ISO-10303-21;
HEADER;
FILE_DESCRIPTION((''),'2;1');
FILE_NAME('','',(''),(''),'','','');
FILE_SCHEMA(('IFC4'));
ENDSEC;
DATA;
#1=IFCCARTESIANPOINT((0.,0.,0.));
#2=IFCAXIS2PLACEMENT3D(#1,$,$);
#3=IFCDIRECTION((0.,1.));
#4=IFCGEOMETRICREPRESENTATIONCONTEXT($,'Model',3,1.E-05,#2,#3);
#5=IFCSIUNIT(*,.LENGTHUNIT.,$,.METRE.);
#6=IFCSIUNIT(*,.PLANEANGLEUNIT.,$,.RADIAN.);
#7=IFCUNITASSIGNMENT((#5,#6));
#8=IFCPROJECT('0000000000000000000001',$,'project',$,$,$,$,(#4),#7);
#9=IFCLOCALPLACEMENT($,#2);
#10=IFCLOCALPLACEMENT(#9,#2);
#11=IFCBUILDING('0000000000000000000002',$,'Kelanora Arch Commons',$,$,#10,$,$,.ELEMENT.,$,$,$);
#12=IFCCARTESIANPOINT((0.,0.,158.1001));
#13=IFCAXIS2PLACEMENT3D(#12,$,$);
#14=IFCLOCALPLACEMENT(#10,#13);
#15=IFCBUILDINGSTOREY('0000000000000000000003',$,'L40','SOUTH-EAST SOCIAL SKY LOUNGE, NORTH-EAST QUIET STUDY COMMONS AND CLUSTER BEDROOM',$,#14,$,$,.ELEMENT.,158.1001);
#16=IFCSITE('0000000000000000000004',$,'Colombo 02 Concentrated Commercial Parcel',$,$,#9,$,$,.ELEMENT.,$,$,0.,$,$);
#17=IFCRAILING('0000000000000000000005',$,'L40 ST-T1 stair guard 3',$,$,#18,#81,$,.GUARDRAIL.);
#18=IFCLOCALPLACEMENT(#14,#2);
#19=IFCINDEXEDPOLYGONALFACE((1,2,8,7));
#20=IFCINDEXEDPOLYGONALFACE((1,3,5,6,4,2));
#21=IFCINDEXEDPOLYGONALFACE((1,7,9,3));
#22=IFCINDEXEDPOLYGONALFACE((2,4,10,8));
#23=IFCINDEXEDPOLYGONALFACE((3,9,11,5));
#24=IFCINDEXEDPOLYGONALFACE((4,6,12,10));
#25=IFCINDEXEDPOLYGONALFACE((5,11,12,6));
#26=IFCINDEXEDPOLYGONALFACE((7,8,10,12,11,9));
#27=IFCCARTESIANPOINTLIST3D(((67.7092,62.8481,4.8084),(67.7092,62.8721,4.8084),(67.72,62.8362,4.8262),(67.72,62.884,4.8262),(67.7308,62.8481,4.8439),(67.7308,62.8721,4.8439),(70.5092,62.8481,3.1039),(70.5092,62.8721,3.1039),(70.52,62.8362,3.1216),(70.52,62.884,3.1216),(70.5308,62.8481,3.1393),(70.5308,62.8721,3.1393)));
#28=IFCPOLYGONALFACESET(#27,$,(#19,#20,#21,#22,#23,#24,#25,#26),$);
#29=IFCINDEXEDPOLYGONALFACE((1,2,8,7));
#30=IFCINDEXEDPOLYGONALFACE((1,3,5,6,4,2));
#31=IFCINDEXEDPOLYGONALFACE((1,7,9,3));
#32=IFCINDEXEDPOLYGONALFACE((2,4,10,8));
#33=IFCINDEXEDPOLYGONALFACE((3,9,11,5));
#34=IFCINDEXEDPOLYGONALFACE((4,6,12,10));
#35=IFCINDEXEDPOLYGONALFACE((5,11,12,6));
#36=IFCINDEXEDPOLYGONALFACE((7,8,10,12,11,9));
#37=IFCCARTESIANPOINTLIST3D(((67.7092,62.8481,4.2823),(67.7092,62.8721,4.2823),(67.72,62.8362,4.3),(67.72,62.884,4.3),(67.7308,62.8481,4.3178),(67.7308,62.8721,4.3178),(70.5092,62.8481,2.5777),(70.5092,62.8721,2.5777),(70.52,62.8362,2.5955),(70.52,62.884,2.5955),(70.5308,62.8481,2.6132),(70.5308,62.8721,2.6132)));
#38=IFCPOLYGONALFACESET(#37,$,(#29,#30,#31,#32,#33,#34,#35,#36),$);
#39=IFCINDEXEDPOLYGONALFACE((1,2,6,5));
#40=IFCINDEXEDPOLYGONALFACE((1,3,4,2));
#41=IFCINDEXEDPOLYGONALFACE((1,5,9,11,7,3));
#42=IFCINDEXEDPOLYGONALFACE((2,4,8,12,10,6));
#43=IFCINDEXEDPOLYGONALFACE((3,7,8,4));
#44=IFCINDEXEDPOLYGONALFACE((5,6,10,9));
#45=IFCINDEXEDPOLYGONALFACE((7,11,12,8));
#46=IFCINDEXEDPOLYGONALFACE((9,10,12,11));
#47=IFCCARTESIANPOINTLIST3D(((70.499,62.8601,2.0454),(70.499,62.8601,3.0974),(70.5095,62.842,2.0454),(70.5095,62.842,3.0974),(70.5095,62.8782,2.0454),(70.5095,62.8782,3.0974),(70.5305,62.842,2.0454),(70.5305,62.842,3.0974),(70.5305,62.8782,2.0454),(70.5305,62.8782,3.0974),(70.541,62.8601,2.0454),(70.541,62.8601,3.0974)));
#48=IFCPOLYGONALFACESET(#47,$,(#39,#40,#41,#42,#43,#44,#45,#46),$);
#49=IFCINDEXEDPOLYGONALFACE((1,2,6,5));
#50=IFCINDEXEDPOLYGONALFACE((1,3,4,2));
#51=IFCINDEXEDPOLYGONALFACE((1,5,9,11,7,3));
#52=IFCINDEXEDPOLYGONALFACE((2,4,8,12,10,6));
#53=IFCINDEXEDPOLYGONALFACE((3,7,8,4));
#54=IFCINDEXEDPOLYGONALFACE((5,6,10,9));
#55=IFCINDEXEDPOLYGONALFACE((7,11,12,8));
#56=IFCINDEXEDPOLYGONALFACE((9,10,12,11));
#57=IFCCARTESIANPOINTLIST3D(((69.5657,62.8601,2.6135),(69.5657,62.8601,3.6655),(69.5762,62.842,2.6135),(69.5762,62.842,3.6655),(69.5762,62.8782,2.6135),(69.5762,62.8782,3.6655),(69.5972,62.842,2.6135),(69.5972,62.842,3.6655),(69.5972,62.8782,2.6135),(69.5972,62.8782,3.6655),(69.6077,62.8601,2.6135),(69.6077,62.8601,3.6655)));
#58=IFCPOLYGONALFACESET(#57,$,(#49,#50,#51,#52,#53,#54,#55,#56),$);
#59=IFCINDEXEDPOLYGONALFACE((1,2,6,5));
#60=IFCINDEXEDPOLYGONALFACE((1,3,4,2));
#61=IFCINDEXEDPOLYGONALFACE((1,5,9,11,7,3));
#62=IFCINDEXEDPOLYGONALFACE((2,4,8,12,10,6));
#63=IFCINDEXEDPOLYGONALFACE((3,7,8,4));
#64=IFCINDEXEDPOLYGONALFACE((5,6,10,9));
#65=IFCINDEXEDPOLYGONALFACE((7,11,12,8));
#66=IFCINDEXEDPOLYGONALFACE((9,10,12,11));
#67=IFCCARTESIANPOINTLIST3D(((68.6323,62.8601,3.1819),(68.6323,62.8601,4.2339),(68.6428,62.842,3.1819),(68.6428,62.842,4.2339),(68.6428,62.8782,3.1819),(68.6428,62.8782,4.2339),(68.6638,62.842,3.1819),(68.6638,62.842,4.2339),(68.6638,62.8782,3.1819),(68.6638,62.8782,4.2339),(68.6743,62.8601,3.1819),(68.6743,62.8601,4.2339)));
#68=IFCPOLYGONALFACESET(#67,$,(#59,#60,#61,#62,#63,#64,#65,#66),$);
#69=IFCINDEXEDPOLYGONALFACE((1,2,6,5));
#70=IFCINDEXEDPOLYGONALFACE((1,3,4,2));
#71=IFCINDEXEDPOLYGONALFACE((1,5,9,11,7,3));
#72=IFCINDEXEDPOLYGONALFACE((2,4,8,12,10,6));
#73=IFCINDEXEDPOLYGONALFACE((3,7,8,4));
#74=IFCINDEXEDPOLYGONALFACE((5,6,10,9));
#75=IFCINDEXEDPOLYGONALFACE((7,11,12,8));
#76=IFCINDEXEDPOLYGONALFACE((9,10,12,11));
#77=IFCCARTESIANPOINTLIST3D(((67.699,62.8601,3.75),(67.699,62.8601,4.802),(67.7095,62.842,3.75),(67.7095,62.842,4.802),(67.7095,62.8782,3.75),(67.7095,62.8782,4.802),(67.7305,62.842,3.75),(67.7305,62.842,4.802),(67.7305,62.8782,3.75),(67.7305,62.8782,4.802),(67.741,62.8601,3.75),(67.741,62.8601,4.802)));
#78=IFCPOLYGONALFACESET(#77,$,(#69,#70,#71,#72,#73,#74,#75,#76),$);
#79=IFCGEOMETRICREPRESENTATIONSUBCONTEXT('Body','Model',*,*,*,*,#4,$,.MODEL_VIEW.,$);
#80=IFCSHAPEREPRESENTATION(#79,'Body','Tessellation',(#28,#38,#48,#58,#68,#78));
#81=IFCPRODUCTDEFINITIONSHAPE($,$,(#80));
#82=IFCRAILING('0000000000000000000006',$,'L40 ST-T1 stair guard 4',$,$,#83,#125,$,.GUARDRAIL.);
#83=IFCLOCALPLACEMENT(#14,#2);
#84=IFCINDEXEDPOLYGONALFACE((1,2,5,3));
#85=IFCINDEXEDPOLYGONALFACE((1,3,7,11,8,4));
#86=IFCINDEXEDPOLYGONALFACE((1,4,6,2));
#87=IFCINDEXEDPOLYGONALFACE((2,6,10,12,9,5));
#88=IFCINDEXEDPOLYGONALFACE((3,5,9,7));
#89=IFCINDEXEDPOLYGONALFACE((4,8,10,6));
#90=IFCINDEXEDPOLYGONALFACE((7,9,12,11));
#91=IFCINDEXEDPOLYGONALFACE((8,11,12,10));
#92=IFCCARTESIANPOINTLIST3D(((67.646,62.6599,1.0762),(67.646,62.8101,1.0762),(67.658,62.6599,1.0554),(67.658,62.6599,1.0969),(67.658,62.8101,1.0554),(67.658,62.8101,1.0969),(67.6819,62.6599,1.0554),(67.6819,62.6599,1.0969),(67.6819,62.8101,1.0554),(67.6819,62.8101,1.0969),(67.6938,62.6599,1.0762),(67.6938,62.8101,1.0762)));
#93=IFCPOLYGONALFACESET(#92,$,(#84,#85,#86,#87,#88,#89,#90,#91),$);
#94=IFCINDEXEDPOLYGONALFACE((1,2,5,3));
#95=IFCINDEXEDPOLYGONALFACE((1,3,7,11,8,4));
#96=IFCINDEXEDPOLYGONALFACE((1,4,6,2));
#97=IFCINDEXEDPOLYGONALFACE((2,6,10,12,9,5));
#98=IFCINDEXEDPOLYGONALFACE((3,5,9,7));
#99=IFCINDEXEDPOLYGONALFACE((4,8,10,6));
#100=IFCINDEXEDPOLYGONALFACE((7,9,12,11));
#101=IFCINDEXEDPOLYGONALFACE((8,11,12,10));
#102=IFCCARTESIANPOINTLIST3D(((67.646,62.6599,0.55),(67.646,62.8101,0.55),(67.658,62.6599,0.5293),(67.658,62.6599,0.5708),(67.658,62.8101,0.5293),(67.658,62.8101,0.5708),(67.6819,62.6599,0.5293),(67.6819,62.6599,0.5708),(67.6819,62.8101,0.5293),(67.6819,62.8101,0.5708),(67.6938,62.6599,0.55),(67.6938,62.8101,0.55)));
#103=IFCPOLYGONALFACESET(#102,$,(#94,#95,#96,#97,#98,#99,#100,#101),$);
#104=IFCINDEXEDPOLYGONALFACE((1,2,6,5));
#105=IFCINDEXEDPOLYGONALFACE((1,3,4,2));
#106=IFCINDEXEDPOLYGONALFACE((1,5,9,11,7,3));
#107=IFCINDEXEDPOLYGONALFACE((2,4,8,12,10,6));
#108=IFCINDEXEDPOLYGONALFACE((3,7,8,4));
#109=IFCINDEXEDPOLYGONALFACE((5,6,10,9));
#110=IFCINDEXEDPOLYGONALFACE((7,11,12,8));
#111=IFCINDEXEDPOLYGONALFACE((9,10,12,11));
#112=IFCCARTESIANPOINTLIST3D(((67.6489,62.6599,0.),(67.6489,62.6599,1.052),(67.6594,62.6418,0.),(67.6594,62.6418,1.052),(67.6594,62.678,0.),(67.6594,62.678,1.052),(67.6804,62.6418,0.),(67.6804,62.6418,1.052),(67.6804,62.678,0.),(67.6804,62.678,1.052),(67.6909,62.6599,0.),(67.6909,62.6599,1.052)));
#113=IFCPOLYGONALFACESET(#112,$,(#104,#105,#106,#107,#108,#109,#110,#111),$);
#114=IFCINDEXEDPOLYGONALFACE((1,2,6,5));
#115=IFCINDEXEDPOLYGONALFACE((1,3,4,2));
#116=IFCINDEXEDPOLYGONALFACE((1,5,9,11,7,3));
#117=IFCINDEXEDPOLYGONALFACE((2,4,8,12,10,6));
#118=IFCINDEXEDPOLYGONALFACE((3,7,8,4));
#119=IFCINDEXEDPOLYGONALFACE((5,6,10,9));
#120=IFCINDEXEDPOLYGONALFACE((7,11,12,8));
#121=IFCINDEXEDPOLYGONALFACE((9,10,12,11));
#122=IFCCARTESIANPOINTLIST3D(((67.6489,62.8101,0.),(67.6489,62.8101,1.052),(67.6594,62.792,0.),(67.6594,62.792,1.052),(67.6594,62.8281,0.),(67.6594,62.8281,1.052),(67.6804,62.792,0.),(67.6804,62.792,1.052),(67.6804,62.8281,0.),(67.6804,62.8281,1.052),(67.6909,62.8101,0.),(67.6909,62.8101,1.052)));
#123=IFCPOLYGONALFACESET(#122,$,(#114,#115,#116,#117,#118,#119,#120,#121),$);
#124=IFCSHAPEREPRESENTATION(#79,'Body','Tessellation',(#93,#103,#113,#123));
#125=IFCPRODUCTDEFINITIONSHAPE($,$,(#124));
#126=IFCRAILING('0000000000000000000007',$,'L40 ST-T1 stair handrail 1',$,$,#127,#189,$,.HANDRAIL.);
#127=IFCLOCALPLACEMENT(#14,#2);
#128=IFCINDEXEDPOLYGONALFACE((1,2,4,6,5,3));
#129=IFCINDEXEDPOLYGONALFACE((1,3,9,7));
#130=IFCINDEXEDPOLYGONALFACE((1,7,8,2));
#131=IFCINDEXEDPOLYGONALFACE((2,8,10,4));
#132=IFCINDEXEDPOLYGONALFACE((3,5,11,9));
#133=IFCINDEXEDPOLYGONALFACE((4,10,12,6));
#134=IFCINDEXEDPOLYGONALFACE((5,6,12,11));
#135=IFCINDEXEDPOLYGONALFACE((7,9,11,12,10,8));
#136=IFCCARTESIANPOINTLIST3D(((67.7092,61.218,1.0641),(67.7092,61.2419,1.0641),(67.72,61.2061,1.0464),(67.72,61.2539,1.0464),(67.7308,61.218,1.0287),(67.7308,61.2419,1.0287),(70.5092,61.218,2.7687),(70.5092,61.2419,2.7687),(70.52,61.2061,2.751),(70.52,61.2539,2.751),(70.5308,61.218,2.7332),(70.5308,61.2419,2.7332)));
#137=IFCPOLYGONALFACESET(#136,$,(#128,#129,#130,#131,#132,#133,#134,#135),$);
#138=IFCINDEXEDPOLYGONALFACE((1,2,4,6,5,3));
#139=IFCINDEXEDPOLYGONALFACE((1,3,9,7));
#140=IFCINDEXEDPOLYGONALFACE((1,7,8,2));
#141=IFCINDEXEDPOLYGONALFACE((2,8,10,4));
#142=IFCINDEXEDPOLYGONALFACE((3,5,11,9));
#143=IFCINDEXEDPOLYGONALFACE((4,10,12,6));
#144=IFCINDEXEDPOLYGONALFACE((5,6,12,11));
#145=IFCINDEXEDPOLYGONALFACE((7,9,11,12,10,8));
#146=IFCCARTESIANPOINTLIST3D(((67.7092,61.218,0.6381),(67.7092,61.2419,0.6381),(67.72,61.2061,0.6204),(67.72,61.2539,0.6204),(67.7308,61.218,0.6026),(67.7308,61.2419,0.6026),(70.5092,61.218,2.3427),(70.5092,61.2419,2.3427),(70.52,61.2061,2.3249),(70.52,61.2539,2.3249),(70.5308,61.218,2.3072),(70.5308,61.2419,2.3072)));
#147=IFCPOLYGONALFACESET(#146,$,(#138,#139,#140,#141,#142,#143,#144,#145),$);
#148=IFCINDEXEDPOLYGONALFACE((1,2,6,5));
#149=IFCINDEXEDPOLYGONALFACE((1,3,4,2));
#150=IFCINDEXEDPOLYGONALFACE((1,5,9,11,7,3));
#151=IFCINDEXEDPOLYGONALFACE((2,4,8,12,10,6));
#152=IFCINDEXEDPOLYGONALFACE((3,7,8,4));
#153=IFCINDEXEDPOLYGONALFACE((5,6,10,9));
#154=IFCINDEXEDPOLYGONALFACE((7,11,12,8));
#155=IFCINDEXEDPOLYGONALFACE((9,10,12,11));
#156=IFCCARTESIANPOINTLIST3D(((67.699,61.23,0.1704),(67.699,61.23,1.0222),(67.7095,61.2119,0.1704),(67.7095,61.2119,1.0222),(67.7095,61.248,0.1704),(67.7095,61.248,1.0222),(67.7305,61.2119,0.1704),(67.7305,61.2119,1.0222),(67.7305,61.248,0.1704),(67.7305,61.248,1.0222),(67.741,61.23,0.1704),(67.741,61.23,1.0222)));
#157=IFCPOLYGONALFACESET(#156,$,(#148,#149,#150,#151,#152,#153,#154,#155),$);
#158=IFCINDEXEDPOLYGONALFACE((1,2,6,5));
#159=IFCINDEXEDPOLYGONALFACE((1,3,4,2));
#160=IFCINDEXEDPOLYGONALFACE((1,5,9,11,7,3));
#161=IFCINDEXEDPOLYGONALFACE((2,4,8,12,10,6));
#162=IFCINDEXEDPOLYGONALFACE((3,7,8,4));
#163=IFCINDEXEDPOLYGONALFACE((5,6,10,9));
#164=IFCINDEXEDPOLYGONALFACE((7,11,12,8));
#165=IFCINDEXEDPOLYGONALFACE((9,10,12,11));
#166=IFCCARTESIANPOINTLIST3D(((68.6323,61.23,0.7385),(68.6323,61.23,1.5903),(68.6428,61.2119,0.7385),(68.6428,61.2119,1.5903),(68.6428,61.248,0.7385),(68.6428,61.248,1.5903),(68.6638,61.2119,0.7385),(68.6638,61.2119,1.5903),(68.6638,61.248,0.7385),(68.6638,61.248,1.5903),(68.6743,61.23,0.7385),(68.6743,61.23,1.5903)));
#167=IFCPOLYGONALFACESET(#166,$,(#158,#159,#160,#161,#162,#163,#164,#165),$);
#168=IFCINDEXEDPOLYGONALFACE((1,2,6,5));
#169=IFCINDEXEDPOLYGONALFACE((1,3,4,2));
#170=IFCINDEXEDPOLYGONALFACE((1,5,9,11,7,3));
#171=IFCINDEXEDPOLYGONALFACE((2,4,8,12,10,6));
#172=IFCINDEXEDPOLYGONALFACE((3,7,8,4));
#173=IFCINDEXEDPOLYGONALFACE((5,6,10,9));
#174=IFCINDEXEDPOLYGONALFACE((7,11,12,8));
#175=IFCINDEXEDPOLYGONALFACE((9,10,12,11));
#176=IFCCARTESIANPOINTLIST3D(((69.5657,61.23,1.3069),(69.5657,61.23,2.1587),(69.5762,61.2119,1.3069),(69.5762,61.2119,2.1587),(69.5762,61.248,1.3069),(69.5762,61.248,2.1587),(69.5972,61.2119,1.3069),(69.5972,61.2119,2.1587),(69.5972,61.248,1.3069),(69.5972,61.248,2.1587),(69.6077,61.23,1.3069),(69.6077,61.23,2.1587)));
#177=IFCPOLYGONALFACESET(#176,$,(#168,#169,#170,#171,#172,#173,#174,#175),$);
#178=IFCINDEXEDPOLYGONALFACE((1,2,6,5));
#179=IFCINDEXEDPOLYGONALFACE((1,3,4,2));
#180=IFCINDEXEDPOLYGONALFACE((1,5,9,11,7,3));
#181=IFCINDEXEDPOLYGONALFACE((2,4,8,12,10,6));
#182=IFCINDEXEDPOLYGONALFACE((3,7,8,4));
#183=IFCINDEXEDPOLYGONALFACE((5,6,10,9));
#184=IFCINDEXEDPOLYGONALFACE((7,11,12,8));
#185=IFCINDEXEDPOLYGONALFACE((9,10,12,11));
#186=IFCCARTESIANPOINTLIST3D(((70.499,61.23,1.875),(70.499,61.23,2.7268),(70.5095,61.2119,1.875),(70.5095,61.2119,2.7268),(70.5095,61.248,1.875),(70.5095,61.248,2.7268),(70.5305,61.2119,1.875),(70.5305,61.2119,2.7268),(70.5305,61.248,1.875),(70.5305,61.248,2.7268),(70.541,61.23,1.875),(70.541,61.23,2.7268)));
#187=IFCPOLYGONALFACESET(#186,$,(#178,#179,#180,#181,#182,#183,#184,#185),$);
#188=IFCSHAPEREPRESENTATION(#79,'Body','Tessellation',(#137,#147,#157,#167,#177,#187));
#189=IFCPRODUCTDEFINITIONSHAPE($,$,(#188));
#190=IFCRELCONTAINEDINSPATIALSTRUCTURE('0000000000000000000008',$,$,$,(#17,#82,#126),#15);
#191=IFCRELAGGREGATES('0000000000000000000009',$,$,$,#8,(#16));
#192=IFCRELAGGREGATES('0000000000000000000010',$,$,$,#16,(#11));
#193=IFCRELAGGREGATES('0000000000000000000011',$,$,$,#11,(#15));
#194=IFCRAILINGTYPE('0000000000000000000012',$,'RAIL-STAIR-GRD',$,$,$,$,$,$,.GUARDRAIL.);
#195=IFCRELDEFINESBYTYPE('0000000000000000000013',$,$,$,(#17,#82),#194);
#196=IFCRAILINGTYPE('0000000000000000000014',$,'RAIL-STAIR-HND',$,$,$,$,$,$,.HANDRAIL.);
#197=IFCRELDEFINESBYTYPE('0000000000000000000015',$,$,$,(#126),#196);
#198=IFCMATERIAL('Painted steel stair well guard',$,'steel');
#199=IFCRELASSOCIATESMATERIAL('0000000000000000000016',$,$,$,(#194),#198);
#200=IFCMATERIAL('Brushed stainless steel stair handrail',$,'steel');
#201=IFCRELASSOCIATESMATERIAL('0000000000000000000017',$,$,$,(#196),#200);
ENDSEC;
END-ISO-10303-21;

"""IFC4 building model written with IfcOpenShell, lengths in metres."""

from ifc_helpers import new_model, si_unit, direction, frame, origin, place, context, subcontext, project, spatial, polyline, outline, extrude, material, type_object, element, save


model = new_model("IFC4")

# Units and contexts
model_context = context("Model", 3, precision=1e-05, world=origin(), true_north=direction((0.0, 1.0)))
body_context = subcontext(model_context, "Body", "Model", "MODEL_VIEW")
ifc_project = project(units=[si_unit("LENGTHUNIT", "METRE"), si_unit("PLANEANGLEUNIT", "RADIAN")], contexts=[model_context])

# Site, building, storey
site_placement = place(None, origin())
site = spatial("IfcSite", under=ifc_project, at=site_placement, Name="Colombo 02 Concentrated Commercial Parcel", CompositionType="ELEMENT", RefElevation=0.0)
building_placement = place(site_placement, origin())
building = spatial("IfcBuilding", under=site, at=building_placement, Name="Kelanora Arch Commons", CompositionType="ELEMENT")
storey_placement = place(building_placement, frame((0.0, 0.0, 158.1001)))
storey = spatial("IfcBuildingStorey", under=building, at=storey_placement, Name="L40", Description="SOUTH-EAST SOCIAL SKY LOUNGE, NORTH-EAST QUIET STUDY COMMONS AND CLUSTER BEDROOM", CompositionType="ELEMENT", Elevation=158.1001)

# Railings
ifc_material_1 = material(Name="Painted steel stair well guard", Category="steel")
railing_type_1 = type_object("IfcRailingType", Name="RAIL-STAIR-GRD", PredefinedType="GUARDRAIL", material=ifc_material_1)
railing_1_placement = place(storey_placement, frame((70.52, 62.8601, 2.0454)))
element("IfcRailing", 1, at=railing_1_placement, inside=storey, type_object=railing_type_1, Name="L40 ST-T1 stair guard 3", PredefinedType="GUARDRAIL", context=body_context, shape_type="SweptSolid", body=[
    extrude(outline(polyline([(0.0239, 0.0), (0.012, 0.0208), (-0.012, 0.0208), (-0.0239, 0.0), (-0.012, -0.0208), (0.012, -0.0208), (0.0239, 0.0)])), frame((0.0, 0.0, 1.0762), z_axis=(-0.85417, 0.0, 0.519994), x_axis=(0.0, -1.0, 0.0)), (0.0, 0.0, 1.0), 3.2781),
    extrude(outline(polyline([(0.0239, 0.0), (0.012, 0.0208), (-0.012, 0.0208), (-0.0239, 0.0), (-0.012, -0.0208), (0.012, -0.0208), (0.0239, 0.0)])), frame((0.0, 0.0, 0.55), z_axis=(-0.85417, 0.0, 0.519994), x_axis=(0.0, -1.0, 0.0)), (0.0, 0.0, 1.0), 3.2781),
    extrude(outline(polyline([(0.021, 0.0), (0.0105, 0.0181), (-0.0105, 0.0181), (-0.021, 0.0), (-0.0105, -0.0181), (0.0105, -0.0181), (0.021, 0.0)])), origin(), (0.0, 0.0, 1.0), 1.052),
    extrude(outline(polyline([(0.021, 0.0), (0.0105, 0.0181), (-0.0105, 0.0181), (-0.021, 0.0), (-0.0105, -0.0181), (0.0105, -0.0181), (0.021, 0.0)])), frame((-0.9333, 0.0, 0.5681)), (0.0, 0.0, 1.0), 1.052),
    extrude(outline(polyline([(0.021, 0.0), (0.0105, 0.0181), (-0.0105, 0.0181), (-0.021, 0.0), (-0.0105, -0.0181), (0.0105, -0.0181), (0.021, 0.0)])), frame((-1.8667, 0.0, 1.1365)), (0.0, 0.0, 1.0), 1.052),
    extrude(outline(polyline([(0.021, 0.0), (0.0105, 0.0181), (-0.0105, 0.0181), (-0.021, 0.0), (-0.0105, -0.0181), (0.0105, -0.0181), (0.021, 0.0)])), frame((-2.8, 0.0, 1.7046)), (0.0, 0.0, 1.0), 1.052),
])
railing_2_placement = place(storey_placement, frame((67.6699, 62.6599, 0.0)))
element("IfcRailing", 2, at=railing_2_placement, inside=storey, type_object=railing_type_1, Name="L40 ST-T1 stair guard 4", PredefinedType="GUARDRAIL", context=body_context, shape_type="SweptSolid", body=[
    extrude(outline(polyline([(0.0239, 0.0), (0.012, 0.0208), (-0.012, 0.0208), (-0.0239, 0.0), (-0.012, -0.0208), (0.012, -0.0208), (0.0239, 0.0)])), frame((0.0, 0.0, 1.0762), z_axis=(0.0, 1.0, 0.0), x_axis=(-1.0, 0.0, 0.0)), (0.0, 0.0, 1.0), 0.1501),
    extrude(outline(polyline([(0.0239, 0.0), (0.012, 0.0208), (-0.012, 0.0208), (-0.0239, 0.0), (-0.012, -0.0208), (0.012, -0.0208), (0.0239, 0.0)])), frame((0.0, 0.0, 0.55), z_axis=(0.0, 1.0, 0.0), x_axis=(-1.0, 0.0, 0.0)), (0.0, 0.0, 1.0), 0.1501),
    extrude(outline(polyline([(0.021, 0.0), (0.0105, 0.0181), (-0.0105, 0.0181), (-0.021, 0.0), (-0.0105, -0.0181), (0.0105, -0.0181), (0.021, 0.0)])), origin(), (0.0, 0.0, 1.0), 1.052),
    extrude(outline(polyline([(0.021, 0.0), (0.0105, 0.0181), (-0.0105, 0.0181), (-0.021, 0.0), (-0.0105, -0.0181), (0.0105, -0.0181), (0.021, 0.0)])), frame((0.0, 0.1501, 0.0)), (0.0, 0.0, 1.0), 1.052),
])
ifc_material_2 = material(Name="Brushed stainless steel stair handrail", Category="steel")
railing_type_2 = type_object("IfcRailingType", Name="RAIL-STAIR-HND", PredefinedType="HANDRAIL", material=ifc_material_2)
railing_3_placement = place(storey_placement, frame((67.72, 61.23, 0.1704)))
element("IfcRailing", 3, at=railing_3_placement, inside=storey, type_object=railing_type_2, Name="L40 ST-T1 stair handrail 1", PredefinedType="HANDRAIL", context=body_context, shape_type="SweptSolid", body=[
    extrude(outline(polyline([(0.0239, 0.0), (0.012, 0.0208), (-0.012, 0.0208), (-0.0239, 0.0), (-0.012, -0.0208), (0.012, -0.0208), (0.0239, 0.0)])), frame((0.0, 0.0, 0.876), z_axis=(0.85417, 0.0, 0.519994), x_axis=(0.0, 1.0, 0.0)), (0.0, 0.0, 1.0), 3.2781),
    extrude(outline(polyline([(0.0239, 0.0), (0.012, 0.0208), (-0.012, 0.0208), (-0.0239, 0.0), (-0.012, -0.0208), (0.012, -0.0208), (0.0239, 0.0)])), frame((0.0, 0.0, 0.45), z_axis=(0.85417, 0.0, 0.519994), x_axis=(0.0, 1.0, 0.0)), (0.0, 0.0, 1.0), 3.2781),
    extrude(outline(polyline([(0.021, 0.0), (0.0105, 0.0181), (-0.0105, 0.0181), (-0.021, 0.0), (-0.0105, -0.0181), (0.0105, -0.0181), (0.021, 0.0)])), origin(), (0.0, 0.0, 1.0), 0.8518),
    extrude(outline(polyline([(0.021, 0.0), (0.0105, 0.0181), (-0.0105, 0.0181), (-0.021, 0.0), (-0.0105, -0.0181), (0.0105, -0.0181), (0.021, 0.0)])), frame((0.9333, 0.0, 0.5681)), (0.0, 0.0, 1.0), 0.8518),
    extrude(outline(polyline([(0.021, 0.0), (0.0105, 0.0181), (-0.0105, 0.0181), (-0.021, 0.0), (-0.0105, -0.0181), (0.0105, -0.0181), (0.021, 0.0)])), frame((1.8667, 0.0, 1.1365)), (0.0, 0.0, 1.0), 0.8518),
    extrude(outline(polyline([(0.021, 0.0), (0.0105, 0.0181), (-0.0105, 0.0181), (-0.021, 0.0), (-0.0105, -0.0181), (0.0105, -0.0181), (0.021, 0.0)])), frame((2.8, 0.0, 1.7046)), (0.0, 0.0, 1.0), 0.8518),
])

save(model, "model.ifc")
